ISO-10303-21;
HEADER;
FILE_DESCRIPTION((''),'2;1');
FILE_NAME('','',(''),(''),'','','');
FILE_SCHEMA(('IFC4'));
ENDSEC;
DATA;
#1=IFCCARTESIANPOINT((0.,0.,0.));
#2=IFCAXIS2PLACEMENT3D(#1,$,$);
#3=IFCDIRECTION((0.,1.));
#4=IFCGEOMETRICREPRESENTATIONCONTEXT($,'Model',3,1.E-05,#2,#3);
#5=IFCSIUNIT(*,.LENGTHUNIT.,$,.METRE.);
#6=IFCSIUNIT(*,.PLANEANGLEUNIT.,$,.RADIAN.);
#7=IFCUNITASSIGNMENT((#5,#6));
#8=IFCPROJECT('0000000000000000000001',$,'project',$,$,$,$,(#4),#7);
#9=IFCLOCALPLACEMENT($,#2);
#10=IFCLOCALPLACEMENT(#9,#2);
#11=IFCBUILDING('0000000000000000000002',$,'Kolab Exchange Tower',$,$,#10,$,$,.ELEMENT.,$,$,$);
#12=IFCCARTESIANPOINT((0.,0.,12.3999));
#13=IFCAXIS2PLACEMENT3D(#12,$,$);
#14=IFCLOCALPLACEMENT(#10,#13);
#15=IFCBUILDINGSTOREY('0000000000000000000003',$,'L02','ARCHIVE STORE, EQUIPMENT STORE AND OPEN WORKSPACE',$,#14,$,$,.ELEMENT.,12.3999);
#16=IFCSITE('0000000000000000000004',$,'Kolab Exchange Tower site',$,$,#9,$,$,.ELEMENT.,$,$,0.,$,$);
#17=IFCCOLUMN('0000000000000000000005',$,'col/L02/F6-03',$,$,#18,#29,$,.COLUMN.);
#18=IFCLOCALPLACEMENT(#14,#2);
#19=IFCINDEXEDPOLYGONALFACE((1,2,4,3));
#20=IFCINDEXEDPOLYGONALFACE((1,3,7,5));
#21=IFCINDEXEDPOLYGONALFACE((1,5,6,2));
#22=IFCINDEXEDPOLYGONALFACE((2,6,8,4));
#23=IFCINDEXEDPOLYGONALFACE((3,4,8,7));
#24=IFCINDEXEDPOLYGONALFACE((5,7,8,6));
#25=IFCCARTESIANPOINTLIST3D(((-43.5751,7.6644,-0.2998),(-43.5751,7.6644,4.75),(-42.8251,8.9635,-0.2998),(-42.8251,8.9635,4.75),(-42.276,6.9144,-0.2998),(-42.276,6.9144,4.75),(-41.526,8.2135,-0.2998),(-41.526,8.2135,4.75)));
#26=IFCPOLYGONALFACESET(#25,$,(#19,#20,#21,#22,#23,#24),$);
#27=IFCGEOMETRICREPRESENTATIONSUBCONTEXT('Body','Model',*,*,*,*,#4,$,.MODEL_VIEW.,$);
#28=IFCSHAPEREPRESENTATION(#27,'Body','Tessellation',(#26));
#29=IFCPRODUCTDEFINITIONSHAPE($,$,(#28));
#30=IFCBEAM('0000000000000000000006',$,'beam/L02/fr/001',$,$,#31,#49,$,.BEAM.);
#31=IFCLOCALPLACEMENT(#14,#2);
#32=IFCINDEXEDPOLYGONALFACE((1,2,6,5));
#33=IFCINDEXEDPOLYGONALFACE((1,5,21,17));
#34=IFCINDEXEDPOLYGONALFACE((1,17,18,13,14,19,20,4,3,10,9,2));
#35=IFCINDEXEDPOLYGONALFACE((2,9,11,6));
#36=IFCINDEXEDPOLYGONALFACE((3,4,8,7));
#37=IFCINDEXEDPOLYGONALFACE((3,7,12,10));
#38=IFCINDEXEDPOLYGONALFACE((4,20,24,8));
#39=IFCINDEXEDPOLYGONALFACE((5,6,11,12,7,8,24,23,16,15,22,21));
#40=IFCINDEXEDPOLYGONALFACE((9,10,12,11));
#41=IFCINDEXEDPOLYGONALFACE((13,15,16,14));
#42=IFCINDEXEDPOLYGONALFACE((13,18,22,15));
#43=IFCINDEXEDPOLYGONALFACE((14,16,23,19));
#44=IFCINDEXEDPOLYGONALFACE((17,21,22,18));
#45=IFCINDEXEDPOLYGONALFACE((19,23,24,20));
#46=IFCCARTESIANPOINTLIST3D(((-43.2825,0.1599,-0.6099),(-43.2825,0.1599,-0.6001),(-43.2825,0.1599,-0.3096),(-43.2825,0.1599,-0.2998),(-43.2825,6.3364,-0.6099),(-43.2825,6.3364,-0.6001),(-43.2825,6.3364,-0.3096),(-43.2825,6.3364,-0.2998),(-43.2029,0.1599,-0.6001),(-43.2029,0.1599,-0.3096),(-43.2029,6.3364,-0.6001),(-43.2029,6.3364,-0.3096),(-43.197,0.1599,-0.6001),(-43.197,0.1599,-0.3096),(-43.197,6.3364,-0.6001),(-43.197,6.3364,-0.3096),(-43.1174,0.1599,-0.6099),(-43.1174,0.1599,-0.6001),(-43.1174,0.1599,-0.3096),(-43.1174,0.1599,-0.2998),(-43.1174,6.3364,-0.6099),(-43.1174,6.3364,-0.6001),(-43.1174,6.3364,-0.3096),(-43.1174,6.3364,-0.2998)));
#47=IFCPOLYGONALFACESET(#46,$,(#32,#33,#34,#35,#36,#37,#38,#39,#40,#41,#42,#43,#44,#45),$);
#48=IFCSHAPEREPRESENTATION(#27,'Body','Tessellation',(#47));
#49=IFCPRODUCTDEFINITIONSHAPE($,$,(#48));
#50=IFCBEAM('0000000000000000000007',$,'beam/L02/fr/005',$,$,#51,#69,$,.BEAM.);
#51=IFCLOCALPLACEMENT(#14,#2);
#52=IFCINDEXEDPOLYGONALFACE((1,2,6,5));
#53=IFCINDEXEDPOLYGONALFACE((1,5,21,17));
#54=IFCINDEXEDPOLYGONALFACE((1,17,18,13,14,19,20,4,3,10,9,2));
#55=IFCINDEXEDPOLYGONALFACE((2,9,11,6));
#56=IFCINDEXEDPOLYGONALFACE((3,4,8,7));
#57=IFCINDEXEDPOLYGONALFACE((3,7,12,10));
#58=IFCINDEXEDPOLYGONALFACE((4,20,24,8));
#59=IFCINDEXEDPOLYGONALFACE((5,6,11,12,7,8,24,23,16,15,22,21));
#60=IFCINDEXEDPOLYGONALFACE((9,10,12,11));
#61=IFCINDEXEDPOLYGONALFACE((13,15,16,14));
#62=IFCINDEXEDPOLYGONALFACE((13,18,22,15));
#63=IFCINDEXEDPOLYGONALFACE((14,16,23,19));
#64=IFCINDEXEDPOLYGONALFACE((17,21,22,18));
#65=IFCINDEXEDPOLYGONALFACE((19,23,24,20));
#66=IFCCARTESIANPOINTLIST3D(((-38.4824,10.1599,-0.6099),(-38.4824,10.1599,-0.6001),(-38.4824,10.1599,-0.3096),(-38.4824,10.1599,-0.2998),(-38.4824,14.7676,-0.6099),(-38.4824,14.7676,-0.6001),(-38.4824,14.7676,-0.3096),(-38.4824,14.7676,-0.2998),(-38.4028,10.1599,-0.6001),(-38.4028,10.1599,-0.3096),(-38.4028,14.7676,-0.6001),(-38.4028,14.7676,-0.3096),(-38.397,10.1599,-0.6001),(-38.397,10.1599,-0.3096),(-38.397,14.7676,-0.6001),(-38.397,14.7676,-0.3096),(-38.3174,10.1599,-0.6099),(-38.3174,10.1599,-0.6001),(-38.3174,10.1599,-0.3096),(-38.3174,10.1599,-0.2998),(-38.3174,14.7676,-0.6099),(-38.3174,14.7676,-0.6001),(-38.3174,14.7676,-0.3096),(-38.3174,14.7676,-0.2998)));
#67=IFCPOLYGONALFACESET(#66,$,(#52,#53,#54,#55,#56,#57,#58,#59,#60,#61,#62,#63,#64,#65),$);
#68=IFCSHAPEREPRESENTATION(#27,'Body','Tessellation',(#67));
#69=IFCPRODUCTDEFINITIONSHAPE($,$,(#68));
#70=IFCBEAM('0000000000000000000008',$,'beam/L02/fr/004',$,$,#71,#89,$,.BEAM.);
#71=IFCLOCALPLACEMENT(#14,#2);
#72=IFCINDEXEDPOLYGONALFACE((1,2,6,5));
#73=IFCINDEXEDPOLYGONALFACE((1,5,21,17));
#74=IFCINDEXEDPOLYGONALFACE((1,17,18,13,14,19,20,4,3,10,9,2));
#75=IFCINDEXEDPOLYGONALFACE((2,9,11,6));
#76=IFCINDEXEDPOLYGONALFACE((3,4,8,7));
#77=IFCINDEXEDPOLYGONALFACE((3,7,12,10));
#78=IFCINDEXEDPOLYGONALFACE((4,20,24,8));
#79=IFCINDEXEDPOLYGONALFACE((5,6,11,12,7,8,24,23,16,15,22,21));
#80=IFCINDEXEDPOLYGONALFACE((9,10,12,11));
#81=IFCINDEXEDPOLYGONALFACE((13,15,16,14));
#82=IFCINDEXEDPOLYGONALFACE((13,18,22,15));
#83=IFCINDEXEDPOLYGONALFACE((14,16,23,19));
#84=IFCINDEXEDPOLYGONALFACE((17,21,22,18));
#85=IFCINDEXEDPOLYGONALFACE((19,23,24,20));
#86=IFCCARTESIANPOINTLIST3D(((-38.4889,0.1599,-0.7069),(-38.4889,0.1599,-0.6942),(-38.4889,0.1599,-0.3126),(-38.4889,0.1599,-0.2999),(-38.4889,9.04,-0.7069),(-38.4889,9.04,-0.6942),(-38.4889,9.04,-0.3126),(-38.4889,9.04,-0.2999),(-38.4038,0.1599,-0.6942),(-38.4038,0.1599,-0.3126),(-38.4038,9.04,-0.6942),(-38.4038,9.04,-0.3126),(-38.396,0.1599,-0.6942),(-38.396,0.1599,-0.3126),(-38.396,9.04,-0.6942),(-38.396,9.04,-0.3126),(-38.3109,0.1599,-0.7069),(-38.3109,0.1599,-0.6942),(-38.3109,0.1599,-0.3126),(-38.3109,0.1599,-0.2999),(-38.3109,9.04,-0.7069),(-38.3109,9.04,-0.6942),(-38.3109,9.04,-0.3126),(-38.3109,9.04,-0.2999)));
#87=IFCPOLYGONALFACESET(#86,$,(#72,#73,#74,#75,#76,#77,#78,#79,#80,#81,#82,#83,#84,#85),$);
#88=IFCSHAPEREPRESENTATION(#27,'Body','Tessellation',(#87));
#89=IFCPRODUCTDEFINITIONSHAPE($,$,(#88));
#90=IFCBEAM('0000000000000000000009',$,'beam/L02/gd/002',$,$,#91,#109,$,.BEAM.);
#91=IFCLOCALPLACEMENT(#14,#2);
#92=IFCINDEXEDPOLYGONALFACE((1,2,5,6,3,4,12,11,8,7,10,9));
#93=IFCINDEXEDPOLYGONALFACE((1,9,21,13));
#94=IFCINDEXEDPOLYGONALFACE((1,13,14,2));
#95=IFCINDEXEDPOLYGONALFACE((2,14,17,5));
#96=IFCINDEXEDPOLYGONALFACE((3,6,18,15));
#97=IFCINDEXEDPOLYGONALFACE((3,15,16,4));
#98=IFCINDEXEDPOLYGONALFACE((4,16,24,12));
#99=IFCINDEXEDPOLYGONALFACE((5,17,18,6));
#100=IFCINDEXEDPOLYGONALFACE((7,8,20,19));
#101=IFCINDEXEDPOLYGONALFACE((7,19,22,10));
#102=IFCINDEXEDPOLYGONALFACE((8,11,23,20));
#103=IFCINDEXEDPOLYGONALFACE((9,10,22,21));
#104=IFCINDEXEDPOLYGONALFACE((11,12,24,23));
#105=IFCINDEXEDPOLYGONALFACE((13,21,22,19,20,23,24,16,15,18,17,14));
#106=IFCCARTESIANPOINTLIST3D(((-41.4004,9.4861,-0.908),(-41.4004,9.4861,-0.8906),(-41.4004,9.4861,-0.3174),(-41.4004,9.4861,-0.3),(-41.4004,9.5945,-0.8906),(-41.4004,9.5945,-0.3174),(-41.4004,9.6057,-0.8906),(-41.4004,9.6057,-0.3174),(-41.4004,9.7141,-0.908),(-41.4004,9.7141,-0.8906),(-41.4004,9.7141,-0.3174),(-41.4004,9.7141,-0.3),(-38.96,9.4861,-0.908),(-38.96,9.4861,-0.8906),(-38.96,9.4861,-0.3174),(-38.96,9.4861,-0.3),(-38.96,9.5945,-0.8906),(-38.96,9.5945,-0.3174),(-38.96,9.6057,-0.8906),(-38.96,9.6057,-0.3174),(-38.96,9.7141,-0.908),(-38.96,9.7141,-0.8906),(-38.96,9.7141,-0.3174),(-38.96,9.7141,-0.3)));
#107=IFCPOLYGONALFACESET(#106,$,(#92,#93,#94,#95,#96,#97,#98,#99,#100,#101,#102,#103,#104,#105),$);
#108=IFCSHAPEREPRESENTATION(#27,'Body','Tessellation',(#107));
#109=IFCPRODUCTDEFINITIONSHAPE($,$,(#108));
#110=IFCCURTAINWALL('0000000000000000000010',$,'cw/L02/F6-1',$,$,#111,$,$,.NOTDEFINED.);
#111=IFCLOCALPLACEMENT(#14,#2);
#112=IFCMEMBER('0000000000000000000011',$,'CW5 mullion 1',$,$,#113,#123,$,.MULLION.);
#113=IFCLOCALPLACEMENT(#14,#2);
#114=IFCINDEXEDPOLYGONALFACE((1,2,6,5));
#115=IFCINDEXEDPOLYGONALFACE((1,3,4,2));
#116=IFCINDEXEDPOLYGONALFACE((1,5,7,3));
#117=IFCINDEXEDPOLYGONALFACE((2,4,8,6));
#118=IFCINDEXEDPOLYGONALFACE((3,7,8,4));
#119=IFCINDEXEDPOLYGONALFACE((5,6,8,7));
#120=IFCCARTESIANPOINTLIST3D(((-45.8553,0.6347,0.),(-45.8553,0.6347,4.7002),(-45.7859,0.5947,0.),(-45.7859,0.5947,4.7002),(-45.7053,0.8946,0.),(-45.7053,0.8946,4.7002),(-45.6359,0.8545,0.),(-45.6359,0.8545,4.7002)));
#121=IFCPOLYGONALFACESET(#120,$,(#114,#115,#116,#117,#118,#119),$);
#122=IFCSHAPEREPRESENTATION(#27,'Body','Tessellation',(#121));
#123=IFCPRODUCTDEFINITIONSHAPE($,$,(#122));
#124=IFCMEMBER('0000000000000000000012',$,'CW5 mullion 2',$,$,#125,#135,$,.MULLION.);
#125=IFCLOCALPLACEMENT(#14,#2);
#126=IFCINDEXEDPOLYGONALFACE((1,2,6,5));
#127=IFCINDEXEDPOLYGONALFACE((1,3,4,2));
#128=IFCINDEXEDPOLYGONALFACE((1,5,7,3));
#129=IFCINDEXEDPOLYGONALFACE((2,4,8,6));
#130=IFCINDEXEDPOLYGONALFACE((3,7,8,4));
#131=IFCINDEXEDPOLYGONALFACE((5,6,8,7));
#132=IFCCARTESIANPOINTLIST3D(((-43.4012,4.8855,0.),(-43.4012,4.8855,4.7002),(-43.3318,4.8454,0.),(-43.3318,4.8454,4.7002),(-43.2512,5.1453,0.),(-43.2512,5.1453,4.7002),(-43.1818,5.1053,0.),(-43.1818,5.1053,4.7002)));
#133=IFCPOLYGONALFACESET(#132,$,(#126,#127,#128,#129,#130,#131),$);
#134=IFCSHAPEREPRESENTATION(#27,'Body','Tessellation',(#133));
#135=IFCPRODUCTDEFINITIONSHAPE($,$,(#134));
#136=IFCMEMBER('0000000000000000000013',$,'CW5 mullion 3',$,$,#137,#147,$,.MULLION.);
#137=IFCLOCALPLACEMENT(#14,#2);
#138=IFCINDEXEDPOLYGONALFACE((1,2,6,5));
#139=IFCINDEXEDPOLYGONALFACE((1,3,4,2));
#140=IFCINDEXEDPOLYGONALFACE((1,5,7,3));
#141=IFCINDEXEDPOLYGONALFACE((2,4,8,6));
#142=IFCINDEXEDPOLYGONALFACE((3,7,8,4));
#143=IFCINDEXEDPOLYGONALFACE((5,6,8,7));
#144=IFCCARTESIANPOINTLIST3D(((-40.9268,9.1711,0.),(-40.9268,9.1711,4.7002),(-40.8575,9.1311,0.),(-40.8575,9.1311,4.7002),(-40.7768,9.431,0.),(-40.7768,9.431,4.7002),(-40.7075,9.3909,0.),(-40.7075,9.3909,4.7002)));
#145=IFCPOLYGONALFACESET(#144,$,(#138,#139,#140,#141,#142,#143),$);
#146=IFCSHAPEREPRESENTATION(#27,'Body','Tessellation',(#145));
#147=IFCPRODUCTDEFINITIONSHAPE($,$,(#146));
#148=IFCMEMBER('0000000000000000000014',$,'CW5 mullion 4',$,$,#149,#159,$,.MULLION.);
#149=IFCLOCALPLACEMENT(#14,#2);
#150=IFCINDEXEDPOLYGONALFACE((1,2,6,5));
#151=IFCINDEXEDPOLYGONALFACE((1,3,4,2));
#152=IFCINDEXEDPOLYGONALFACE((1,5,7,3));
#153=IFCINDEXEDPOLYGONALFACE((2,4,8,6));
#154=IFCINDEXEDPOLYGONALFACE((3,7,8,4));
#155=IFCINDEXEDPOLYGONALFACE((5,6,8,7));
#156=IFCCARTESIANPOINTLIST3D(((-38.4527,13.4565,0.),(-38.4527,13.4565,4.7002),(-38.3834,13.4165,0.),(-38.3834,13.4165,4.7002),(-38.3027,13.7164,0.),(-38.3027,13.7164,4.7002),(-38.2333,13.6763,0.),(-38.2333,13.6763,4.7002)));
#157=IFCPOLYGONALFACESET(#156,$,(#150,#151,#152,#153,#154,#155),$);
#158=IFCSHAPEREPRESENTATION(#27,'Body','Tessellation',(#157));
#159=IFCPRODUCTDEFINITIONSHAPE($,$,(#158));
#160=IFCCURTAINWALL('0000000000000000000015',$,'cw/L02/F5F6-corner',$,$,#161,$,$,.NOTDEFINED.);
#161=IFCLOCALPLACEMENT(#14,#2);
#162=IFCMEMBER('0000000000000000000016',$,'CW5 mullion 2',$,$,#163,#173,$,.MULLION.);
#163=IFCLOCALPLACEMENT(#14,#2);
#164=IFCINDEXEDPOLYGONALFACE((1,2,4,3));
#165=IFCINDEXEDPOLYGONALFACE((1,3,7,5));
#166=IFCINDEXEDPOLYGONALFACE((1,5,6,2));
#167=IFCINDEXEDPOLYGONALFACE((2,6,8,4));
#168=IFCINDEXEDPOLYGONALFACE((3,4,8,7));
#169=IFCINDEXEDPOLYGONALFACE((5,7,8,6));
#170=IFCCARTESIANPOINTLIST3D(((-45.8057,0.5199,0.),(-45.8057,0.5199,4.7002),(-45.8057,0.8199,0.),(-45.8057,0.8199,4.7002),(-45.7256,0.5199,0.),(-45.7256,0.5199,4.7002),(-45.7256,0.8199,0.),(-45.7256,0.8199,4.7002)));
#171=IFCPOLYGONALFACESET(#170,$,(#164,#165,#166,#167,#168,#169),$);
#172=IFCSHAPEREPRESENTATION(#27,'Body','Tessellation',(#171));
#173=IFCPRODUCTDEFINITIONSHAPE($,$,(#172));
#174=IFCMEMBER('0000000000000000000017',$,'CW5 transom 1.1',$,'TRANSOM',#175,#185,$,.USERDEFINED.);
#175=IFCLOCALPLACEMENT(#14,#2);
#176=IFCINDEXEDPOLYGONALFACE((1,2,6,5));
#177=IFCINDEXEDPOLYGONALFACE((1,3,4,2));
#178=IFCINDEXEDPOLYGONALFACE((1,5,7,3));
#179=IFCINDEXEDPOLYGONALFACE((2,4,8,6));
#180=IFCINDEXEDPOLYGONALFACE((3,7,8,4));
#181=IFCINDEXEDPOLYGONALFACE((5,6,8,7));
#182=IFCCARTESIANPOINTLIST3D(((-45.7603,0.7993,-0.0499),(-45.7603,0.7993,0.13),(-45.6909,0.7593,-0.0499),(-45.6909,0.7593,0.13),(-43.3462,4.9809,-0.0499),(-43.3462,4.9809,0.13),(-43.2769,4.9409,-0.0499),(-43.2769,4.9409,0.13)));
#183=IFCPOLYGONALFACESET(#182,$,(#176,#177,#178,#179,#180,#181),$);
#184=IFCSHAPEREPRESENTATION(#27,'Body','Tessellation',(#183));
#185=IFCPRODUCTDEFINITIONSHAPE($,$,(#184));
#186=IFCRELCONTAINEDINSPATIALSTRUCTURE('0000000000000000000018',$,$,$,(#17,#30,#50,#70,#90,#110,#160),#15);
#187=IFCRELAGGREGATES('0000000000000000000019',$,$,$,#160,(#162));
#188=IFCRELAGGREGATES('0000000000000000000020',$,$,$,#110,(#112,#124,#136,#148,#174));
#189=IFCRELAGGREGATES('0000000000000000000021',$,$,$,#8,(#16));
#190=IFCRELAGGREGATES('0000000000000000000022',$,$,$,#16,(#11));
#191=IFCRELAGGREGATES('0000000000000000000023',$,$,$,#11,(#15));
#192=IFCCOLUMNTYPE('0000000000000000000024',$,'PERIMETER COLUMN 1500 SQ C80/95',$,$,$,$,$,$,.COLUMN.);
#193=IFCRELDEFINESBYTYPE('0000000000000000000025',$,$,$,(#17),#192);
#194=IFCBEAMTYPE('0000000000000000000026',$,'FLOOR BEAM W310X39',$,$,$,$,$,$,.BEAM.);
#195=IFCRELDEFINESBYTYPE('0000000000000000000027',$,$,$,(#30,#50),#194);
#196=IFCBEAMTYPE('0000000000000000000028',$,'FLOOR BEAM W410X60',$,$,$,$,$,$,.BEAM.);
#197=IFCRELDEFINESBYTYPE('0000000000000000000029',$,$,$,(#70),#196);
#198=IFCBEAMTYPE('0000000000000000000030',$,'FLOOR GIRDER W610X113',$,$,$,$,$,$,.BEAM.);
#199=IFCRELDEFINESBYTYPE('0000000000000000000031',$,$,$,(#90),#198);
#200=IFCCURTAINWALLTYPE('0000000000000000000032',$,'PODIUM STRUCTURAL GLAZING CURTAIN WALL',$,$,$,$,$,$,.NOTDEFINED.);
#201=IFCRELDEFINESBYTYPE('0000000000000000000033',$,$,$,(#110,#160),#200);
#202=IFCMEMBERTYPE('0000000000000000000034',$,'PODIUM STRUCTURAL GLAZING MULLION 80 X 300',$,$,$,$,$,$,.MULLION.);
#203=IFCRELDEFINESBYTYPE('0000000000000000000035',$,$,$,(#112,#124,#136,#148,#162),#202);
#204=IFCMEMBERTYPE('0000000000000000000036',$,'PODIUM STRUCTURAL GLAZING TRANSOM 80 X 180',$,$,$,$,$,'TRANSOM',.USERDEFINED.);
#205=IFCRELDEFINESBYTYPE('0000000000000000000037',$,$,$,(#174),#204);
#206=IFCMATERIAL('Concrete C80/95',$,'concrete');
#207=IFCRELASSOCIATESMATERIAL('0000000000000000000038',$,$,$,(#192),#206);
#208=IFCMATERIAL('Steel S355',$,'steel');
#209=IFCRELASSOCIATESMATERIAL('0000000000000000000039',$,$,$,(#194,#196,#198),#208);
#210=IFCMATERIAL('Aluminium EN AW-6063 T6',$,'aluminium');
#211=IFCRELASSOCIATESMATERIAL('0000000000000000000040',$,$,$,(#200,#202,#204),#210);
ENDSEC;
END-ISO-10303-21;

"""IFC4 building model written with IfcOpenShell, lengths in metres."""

from ifc_helpers import new_model, si_unit, direction, frame, origin, origin_2d, place, context, subcontext, project, spatial, rectangle, i_section, extrude, material, material_profile, profile_set, type_object, element, aggregate, save


model = new_model("IFC4")

# Units and contexts
model_context = context("Model", 3, precision=1e-05, world=origin(), true_north=direction((0.0, 1.0)))
body_context = subcontext(model_context, "Body", "Model", "MODEL_VIEW")
ifc_project = project(units=[si_unit("LENGTHUNIT", "METRE"), si_unit("PLANEANGLEUNIT", "RADIAN")], contexts=[model_context])

# Site, building, storey
site_placement = place(None, origin())
site = spatial("IfcSite", under=ifc_project, at=site_placement, Name="Kolab Exchange Tower site", CompositionType="ELEMENT", RefElevation=0.0)
building_placement = place(site_placement, origin())
building = spatial("IfcBuilding", under=site, at=building_placement, Name="Kolab Exchange Tower", CompositionType="ELEMENT")
storey_placement = place(building_placement, frame((0.0, 0.0, 12.3999)))
storey = spatial("IfcBuildingStorey", under=building, at=storey_placement, Name="L02", Description="ARCHIVE STORE, EQUIPMENT STORE AND OPEN WORKSPACE", CompositionType="ELEMENT", Elevation=12.3999)

# Column
ifc_material_1 = material(Name="Concrete C80/95", Category="concrete")
ifc_material_profile_1 = material_profile(ifc_material_1, rectangle(XDim=1.5, YDim=1.5, at=origin_2d()), Name="RC1500")
ifc_profile_set_1 = profile_set([ifc_material_profile_1], Name="Concrete C80/95")
column_type = type_object("IfcColumnType", Name="PERIMETER COLUMN 1500 SQ C80/95", PredefinedType="COLUMN", material=ifc_profile_set_1)
column_placement = place(storey_placement, frame((-42.5505, 7.939, -0.2998), z_axis=(0.0, 0.0, 1.0), x_axis=(0.5, 0.866025, 0.0)))
element("IfcColumn", 1, at=column_placement, inside=storey, type_object=column_type, Name="col/L02/F6-03", PredefinedType="COLUMN", context=body_context, shape_type="SweptSolid", body=[
    extrude(rectangle(XDim=1.5, YDim=1.5, at=origin_2d()), origin(), (0.0, 0.0, 1.0), 5.0498),
])

# Beams
ifc_material_2 = material(Name="Steel S355", Category="steel")
ifc_material_profile_2 = material_profile(ifc_material_2, i_section(OverallWidth=0.165, OverallDepth=0.3101, WebThickness=0.0059, FlangeThickness=0.0098, at=origin_2d()), Name="W310X39")
ifc_profile_set_2 = profile_set([ifc_material_profile_2], Name="Steel S355")
beam_type_1 = type_object("IfcBeamType", Name="FLOOR BEAM W310X39", PredefinedType="BEAM", material=ifc_profile_set_2)
beam_1_placement = place(storey_placement, frame((-43.2, 0.1599, -0.4548), z_axis=(0.0, 1.0, 0.0), x_axis=(-1.0, 0.0, 0.0)))
element("IfcBeam", 2, at=beam_1_placement, inside=storey, type_object=beam_type_1, Name="beam/L02/fr/001", PredefinedType="BEAM", context=body_context, shape_type="SweptSolid", body=[
    extrude(i_section(OverallWidth=0.165, OverallDepth=0.3101, WebThickness=0.0059, FlangeThickness=0.0098, at=origin_2d()), origin(), (0.0, 0.0, 1.0), 6.1765),
])
beam_2_placement = place(storey_placement, frame((-38.3999, 10.1599, -0.4548), z_axis=(0.0, 1.0, 0.0), x_axis=(-1.0, 0.0, 0.0)))
element("IfcBeam", 3, at=beam_2_placement, inside=storey, type_object=beam_type_1, Name="beam/L02/fr/005", PredefinedType="BEAM", context=body_context, shape_type="SweptSolid", body=[
    extrude(i_section(OverallWidth=0.165, OverallDepth=0.3101, WebThickness=0.0059, FlangeThickness=0.0098, at=origin_2d()), origin(), (0.0, 0.0, 1.0), 4.6077),
])
ifc_material_profile_3 = material_profile(ifc_material_2, i_section(OverallWidth=0.178, OverallDepth=0.407, WebThickness=0.0078, FlangeThickness=0.0127, at=origin_2d()), Name="W410X60")
ifc_profile_set_3 = profile_set([ifc_material_profile_3], Name="Steel S355")
beam_type_2 = type_object("IfcBeamType", Name="FLOOR BEAM W410X60", PredefinedType="BEAM", material=ifc_profile_set_3)
beam_3_placement = place(storey_placement, frame((-38.3999, 0.1599, -0.5034), z_axis=(0.0, 1.0, 0.0), x_axis=(-1.0, 0.0, 0.0)))
element("IfcBeam", 4, at=beam_3_placement, inside=storey, type_object=beam_type_2, Name="beam/L02/fr/004", PredefinedType="BEAM", context=body_context, shape_type="SweptSolid", body=[
    extrude(i_section(OverallWidth=0.178, OverallDepth=0.407, WebThickness=0.0078, FlangeThickness=0.0127, at=origin_2d()), origin(), (0.0, 0.0, 1.0), 8.8801),
])
ifc_material_profile_4 = material_profile(ifc_material_2, i_section(OverallWidth=0.228, OverallDepth=0.6079, WebThickness=0.0112, FlangeThickness=0.0173, at=origin_2d()), Name="W610X113")
ifc_profile_set_4 = profile_set([ifc_material_profile_4], Name="Steel S355")
beam_type_3 = type_object("IfcBeamType", Name="FLOOR GIRDER W610X113", PredefinedType="BEAM", material=ifc_profile_set_4)
beam_4_placement = place(storey_placement, frame((-41.4004, 9.6001, -0.604), z_axis=(1.0, 0.0, 0.0), x_axis=(0.0, 1.0, 0.0)))
element("IfcBeam", 5, at=beam_4_placement, inside=storey, type_object=beam_type_3, Name="beam/L02/gd/002", PredefinedType="BEAM", context=body_context, shape_type="SweptSolid", body=[
    extrude(i_section(OverallWidth=0.228, OverallDepth=0.6079, WebThickness=0.0112, FlangeThickness=0.0173, at=origin_2d()), origin(), (0.0, 0.0, 1.0), 2.4404),
])

# Curtain wall, members
ifc_material_3 = material(Name="Aluminium EN AW-6063 T6", Category="aluminium")
curtain_wall_type = type_object("IfcCurtainWallType", Name="PODIUM STRUCTURAL GLAZING CURTAIN WALL", PredefinedType="NOTDEFINED", material=ifc_material_3)
curtain_wall_1_placement = place(storey_placement, origin())
curtain_wall_1 = element("IfcCurtainWall", 6, at=curtain_wall_1_placement, inside=storey, type_object=curtain_wall_type, Name="cw/L02/F6-1", PredefinedType="NOTDEFINED")
ifc_material_profile_5 = material_profile(ifc_material_3, rectangle(XDim=0.0801, YDim=0.3, at=origin_2d()), Name="RECT 80X300")
ifc_profile_set_5 = profile_set([ifc_material_profile_5], Name="Aluminium EN AW-6063 T6")
member_type_1 = type_object("IfcMemberType", Name="PODIUM STRUCTURAL GLAZING MULLION 80 X 300", PredefinedType="MULLION", material=ifc_profile_set_5)
member_1_placement = place(storey_placement, frame((-45.7456, 0.7446, 0.0), z_axis=(0.0, 0.0, 1.0), x_axis=(-0.866025, 0.5, 0.0)))
member_1 = element("IfcMember", 7, at=member_1_placement, type_object=member_type_1, Name="CW5 mullion 1", PredefinedType="MULLION", context=body_context, shape_type="SweptSolid", body=[
    extrude(rectangle(XDim=0.0801, YDim=0.3, at=origin_2d()), origin(), (0.0, 0.0, 1.0), 4.7002),
])
member_2_placement = place(storey_placement, frame((-43.2915, 4.9954, 0.0), z_axis=(0.0, 0.0, 1.0), x_axis=(-0.866025, 0.5, 0.0)))
member_2 = element("IfcMember", 8, at=member_2_placement, type_object=member_type_1, Name="CW5 mullion 2", PredefinedType="MULLION", context=body_context, shape_type="SweptSolid", body=[
    extrude(rectangle(XDim=0.0801, YDim=0.3, at=origin_2d()), origin(), (0.0, 0.0, 1.0), 4.7002),
])
member_3_placement = place(storey_placement, frame((-40.8171, 9.281, 0.0), z_axis=(0.0, 0.0, 1.0), x_axis=(-0.866025, 0.5, 0.0)))
member_3 = element("IfcMember", 9, at=member_3_placement, type_object=member_type_1, Name="CW5 mullion 3", PredefinedType="MULLION", context=body_context, shape_type="SweptSolid", body=[
    extrude(rectangle(XDim=0.0801, YDim=0.3, at=origin_2d()), origin(), (0.0, 0.0, 1.0), 4.7002),
])
member_4_placement = place(storey_placement, frame((-38.343, 13.5664, 0.0), z_axis=(0.0, 0.0, 1.0), x_axis=(-0.866025, 0.5, 0.0)))
member_4 = element("IfcMember", 10, at=member_4_placement, type_object=member_type_1, Name="CW5 mullion 4", PredefinedType="MULLION", context=body_context, shape_type="SweptSolid", body=[
    extrude(rectangle(XDim=0.0801, YDim=0.3, at=origin_2d()), origin(), (0.0, 0.0, 1.0), 4.7002),
])

# Curtain wall, member
curtain_wall_2_placement = place(storey_placement, origin())
curtain_wall_2 = element("IfcCurtainWall", 11, at=curtain_wall_2_placement, inside=storey, type_object=curtain_wall_type, Name="cw/L02/F5F6-corner", PredefinedType="NOTDEFINED")
member_5_placement = place(storey_placement, frame((-45.7656, 0.6699, 0.0), z_axis=(0.0, 0.0, 1.0), x_axis=(-1.0, 0.0, 0.0)))
member_5 = element("IfcMember", 12, at=member_5_placement, type_object=member_type_1, Name="CW5 mullion 2", PredefinedType="MULLION", context=body_context, shape_type="SweptSolid", body=[
    extrude(rectangle(XDim=0.0801, YDim=0.3, at=origin_2d()), origin(), (0.0, 0.0, 1.0), 4.7002),
])
aggregate(curtain_wall_2, [member_5])

# Member
ifc_material_profile_6 = material_profile(ifc_material_3, rectangle(XDim=0.0801, YDim=0.1799, at=origin_2d()), Name="RECT 80X180")
ifc_profile_set_6 = profile_set([ifc_material_profile_6], Name="Aluminium EN AW-6063 T6")
member_type_2 = type_object("IfcMemberType", Name="PODIUM STRUCTURAL GLAZING TRANSOM 80 X 180", ElementType="TRANSOM", PredefinedType="USERDEFINED", material=ifc_profile_set_6)
member_6_placement = place(storey_placement, frame((-45.7256, 0.7793, 0.04), z_axis=(0.499968, 0.866044, 0.0), x_axis=(-0.866044, 0.499968, 0.0)))
member_6 = element("IfcMember", 13, at=member_6_placement, type_object=member_type_2, Name="CW5 transom 1.1", ObjectType="TRANSOM", PredefinedType="USERDEFINED", context=body_context, shape_type="SweptSolid", body=[
    extrude(rectangle(XDim=0.0801, YDim=0.1799, at=origin_2d()), origin(), (0.0, 0.0, 1.0), 4.8284),
])

aggregate(curtain_wall_1, [member_1, member_2, member_3, member_4, member_6])

save(model, "model.ifc")
